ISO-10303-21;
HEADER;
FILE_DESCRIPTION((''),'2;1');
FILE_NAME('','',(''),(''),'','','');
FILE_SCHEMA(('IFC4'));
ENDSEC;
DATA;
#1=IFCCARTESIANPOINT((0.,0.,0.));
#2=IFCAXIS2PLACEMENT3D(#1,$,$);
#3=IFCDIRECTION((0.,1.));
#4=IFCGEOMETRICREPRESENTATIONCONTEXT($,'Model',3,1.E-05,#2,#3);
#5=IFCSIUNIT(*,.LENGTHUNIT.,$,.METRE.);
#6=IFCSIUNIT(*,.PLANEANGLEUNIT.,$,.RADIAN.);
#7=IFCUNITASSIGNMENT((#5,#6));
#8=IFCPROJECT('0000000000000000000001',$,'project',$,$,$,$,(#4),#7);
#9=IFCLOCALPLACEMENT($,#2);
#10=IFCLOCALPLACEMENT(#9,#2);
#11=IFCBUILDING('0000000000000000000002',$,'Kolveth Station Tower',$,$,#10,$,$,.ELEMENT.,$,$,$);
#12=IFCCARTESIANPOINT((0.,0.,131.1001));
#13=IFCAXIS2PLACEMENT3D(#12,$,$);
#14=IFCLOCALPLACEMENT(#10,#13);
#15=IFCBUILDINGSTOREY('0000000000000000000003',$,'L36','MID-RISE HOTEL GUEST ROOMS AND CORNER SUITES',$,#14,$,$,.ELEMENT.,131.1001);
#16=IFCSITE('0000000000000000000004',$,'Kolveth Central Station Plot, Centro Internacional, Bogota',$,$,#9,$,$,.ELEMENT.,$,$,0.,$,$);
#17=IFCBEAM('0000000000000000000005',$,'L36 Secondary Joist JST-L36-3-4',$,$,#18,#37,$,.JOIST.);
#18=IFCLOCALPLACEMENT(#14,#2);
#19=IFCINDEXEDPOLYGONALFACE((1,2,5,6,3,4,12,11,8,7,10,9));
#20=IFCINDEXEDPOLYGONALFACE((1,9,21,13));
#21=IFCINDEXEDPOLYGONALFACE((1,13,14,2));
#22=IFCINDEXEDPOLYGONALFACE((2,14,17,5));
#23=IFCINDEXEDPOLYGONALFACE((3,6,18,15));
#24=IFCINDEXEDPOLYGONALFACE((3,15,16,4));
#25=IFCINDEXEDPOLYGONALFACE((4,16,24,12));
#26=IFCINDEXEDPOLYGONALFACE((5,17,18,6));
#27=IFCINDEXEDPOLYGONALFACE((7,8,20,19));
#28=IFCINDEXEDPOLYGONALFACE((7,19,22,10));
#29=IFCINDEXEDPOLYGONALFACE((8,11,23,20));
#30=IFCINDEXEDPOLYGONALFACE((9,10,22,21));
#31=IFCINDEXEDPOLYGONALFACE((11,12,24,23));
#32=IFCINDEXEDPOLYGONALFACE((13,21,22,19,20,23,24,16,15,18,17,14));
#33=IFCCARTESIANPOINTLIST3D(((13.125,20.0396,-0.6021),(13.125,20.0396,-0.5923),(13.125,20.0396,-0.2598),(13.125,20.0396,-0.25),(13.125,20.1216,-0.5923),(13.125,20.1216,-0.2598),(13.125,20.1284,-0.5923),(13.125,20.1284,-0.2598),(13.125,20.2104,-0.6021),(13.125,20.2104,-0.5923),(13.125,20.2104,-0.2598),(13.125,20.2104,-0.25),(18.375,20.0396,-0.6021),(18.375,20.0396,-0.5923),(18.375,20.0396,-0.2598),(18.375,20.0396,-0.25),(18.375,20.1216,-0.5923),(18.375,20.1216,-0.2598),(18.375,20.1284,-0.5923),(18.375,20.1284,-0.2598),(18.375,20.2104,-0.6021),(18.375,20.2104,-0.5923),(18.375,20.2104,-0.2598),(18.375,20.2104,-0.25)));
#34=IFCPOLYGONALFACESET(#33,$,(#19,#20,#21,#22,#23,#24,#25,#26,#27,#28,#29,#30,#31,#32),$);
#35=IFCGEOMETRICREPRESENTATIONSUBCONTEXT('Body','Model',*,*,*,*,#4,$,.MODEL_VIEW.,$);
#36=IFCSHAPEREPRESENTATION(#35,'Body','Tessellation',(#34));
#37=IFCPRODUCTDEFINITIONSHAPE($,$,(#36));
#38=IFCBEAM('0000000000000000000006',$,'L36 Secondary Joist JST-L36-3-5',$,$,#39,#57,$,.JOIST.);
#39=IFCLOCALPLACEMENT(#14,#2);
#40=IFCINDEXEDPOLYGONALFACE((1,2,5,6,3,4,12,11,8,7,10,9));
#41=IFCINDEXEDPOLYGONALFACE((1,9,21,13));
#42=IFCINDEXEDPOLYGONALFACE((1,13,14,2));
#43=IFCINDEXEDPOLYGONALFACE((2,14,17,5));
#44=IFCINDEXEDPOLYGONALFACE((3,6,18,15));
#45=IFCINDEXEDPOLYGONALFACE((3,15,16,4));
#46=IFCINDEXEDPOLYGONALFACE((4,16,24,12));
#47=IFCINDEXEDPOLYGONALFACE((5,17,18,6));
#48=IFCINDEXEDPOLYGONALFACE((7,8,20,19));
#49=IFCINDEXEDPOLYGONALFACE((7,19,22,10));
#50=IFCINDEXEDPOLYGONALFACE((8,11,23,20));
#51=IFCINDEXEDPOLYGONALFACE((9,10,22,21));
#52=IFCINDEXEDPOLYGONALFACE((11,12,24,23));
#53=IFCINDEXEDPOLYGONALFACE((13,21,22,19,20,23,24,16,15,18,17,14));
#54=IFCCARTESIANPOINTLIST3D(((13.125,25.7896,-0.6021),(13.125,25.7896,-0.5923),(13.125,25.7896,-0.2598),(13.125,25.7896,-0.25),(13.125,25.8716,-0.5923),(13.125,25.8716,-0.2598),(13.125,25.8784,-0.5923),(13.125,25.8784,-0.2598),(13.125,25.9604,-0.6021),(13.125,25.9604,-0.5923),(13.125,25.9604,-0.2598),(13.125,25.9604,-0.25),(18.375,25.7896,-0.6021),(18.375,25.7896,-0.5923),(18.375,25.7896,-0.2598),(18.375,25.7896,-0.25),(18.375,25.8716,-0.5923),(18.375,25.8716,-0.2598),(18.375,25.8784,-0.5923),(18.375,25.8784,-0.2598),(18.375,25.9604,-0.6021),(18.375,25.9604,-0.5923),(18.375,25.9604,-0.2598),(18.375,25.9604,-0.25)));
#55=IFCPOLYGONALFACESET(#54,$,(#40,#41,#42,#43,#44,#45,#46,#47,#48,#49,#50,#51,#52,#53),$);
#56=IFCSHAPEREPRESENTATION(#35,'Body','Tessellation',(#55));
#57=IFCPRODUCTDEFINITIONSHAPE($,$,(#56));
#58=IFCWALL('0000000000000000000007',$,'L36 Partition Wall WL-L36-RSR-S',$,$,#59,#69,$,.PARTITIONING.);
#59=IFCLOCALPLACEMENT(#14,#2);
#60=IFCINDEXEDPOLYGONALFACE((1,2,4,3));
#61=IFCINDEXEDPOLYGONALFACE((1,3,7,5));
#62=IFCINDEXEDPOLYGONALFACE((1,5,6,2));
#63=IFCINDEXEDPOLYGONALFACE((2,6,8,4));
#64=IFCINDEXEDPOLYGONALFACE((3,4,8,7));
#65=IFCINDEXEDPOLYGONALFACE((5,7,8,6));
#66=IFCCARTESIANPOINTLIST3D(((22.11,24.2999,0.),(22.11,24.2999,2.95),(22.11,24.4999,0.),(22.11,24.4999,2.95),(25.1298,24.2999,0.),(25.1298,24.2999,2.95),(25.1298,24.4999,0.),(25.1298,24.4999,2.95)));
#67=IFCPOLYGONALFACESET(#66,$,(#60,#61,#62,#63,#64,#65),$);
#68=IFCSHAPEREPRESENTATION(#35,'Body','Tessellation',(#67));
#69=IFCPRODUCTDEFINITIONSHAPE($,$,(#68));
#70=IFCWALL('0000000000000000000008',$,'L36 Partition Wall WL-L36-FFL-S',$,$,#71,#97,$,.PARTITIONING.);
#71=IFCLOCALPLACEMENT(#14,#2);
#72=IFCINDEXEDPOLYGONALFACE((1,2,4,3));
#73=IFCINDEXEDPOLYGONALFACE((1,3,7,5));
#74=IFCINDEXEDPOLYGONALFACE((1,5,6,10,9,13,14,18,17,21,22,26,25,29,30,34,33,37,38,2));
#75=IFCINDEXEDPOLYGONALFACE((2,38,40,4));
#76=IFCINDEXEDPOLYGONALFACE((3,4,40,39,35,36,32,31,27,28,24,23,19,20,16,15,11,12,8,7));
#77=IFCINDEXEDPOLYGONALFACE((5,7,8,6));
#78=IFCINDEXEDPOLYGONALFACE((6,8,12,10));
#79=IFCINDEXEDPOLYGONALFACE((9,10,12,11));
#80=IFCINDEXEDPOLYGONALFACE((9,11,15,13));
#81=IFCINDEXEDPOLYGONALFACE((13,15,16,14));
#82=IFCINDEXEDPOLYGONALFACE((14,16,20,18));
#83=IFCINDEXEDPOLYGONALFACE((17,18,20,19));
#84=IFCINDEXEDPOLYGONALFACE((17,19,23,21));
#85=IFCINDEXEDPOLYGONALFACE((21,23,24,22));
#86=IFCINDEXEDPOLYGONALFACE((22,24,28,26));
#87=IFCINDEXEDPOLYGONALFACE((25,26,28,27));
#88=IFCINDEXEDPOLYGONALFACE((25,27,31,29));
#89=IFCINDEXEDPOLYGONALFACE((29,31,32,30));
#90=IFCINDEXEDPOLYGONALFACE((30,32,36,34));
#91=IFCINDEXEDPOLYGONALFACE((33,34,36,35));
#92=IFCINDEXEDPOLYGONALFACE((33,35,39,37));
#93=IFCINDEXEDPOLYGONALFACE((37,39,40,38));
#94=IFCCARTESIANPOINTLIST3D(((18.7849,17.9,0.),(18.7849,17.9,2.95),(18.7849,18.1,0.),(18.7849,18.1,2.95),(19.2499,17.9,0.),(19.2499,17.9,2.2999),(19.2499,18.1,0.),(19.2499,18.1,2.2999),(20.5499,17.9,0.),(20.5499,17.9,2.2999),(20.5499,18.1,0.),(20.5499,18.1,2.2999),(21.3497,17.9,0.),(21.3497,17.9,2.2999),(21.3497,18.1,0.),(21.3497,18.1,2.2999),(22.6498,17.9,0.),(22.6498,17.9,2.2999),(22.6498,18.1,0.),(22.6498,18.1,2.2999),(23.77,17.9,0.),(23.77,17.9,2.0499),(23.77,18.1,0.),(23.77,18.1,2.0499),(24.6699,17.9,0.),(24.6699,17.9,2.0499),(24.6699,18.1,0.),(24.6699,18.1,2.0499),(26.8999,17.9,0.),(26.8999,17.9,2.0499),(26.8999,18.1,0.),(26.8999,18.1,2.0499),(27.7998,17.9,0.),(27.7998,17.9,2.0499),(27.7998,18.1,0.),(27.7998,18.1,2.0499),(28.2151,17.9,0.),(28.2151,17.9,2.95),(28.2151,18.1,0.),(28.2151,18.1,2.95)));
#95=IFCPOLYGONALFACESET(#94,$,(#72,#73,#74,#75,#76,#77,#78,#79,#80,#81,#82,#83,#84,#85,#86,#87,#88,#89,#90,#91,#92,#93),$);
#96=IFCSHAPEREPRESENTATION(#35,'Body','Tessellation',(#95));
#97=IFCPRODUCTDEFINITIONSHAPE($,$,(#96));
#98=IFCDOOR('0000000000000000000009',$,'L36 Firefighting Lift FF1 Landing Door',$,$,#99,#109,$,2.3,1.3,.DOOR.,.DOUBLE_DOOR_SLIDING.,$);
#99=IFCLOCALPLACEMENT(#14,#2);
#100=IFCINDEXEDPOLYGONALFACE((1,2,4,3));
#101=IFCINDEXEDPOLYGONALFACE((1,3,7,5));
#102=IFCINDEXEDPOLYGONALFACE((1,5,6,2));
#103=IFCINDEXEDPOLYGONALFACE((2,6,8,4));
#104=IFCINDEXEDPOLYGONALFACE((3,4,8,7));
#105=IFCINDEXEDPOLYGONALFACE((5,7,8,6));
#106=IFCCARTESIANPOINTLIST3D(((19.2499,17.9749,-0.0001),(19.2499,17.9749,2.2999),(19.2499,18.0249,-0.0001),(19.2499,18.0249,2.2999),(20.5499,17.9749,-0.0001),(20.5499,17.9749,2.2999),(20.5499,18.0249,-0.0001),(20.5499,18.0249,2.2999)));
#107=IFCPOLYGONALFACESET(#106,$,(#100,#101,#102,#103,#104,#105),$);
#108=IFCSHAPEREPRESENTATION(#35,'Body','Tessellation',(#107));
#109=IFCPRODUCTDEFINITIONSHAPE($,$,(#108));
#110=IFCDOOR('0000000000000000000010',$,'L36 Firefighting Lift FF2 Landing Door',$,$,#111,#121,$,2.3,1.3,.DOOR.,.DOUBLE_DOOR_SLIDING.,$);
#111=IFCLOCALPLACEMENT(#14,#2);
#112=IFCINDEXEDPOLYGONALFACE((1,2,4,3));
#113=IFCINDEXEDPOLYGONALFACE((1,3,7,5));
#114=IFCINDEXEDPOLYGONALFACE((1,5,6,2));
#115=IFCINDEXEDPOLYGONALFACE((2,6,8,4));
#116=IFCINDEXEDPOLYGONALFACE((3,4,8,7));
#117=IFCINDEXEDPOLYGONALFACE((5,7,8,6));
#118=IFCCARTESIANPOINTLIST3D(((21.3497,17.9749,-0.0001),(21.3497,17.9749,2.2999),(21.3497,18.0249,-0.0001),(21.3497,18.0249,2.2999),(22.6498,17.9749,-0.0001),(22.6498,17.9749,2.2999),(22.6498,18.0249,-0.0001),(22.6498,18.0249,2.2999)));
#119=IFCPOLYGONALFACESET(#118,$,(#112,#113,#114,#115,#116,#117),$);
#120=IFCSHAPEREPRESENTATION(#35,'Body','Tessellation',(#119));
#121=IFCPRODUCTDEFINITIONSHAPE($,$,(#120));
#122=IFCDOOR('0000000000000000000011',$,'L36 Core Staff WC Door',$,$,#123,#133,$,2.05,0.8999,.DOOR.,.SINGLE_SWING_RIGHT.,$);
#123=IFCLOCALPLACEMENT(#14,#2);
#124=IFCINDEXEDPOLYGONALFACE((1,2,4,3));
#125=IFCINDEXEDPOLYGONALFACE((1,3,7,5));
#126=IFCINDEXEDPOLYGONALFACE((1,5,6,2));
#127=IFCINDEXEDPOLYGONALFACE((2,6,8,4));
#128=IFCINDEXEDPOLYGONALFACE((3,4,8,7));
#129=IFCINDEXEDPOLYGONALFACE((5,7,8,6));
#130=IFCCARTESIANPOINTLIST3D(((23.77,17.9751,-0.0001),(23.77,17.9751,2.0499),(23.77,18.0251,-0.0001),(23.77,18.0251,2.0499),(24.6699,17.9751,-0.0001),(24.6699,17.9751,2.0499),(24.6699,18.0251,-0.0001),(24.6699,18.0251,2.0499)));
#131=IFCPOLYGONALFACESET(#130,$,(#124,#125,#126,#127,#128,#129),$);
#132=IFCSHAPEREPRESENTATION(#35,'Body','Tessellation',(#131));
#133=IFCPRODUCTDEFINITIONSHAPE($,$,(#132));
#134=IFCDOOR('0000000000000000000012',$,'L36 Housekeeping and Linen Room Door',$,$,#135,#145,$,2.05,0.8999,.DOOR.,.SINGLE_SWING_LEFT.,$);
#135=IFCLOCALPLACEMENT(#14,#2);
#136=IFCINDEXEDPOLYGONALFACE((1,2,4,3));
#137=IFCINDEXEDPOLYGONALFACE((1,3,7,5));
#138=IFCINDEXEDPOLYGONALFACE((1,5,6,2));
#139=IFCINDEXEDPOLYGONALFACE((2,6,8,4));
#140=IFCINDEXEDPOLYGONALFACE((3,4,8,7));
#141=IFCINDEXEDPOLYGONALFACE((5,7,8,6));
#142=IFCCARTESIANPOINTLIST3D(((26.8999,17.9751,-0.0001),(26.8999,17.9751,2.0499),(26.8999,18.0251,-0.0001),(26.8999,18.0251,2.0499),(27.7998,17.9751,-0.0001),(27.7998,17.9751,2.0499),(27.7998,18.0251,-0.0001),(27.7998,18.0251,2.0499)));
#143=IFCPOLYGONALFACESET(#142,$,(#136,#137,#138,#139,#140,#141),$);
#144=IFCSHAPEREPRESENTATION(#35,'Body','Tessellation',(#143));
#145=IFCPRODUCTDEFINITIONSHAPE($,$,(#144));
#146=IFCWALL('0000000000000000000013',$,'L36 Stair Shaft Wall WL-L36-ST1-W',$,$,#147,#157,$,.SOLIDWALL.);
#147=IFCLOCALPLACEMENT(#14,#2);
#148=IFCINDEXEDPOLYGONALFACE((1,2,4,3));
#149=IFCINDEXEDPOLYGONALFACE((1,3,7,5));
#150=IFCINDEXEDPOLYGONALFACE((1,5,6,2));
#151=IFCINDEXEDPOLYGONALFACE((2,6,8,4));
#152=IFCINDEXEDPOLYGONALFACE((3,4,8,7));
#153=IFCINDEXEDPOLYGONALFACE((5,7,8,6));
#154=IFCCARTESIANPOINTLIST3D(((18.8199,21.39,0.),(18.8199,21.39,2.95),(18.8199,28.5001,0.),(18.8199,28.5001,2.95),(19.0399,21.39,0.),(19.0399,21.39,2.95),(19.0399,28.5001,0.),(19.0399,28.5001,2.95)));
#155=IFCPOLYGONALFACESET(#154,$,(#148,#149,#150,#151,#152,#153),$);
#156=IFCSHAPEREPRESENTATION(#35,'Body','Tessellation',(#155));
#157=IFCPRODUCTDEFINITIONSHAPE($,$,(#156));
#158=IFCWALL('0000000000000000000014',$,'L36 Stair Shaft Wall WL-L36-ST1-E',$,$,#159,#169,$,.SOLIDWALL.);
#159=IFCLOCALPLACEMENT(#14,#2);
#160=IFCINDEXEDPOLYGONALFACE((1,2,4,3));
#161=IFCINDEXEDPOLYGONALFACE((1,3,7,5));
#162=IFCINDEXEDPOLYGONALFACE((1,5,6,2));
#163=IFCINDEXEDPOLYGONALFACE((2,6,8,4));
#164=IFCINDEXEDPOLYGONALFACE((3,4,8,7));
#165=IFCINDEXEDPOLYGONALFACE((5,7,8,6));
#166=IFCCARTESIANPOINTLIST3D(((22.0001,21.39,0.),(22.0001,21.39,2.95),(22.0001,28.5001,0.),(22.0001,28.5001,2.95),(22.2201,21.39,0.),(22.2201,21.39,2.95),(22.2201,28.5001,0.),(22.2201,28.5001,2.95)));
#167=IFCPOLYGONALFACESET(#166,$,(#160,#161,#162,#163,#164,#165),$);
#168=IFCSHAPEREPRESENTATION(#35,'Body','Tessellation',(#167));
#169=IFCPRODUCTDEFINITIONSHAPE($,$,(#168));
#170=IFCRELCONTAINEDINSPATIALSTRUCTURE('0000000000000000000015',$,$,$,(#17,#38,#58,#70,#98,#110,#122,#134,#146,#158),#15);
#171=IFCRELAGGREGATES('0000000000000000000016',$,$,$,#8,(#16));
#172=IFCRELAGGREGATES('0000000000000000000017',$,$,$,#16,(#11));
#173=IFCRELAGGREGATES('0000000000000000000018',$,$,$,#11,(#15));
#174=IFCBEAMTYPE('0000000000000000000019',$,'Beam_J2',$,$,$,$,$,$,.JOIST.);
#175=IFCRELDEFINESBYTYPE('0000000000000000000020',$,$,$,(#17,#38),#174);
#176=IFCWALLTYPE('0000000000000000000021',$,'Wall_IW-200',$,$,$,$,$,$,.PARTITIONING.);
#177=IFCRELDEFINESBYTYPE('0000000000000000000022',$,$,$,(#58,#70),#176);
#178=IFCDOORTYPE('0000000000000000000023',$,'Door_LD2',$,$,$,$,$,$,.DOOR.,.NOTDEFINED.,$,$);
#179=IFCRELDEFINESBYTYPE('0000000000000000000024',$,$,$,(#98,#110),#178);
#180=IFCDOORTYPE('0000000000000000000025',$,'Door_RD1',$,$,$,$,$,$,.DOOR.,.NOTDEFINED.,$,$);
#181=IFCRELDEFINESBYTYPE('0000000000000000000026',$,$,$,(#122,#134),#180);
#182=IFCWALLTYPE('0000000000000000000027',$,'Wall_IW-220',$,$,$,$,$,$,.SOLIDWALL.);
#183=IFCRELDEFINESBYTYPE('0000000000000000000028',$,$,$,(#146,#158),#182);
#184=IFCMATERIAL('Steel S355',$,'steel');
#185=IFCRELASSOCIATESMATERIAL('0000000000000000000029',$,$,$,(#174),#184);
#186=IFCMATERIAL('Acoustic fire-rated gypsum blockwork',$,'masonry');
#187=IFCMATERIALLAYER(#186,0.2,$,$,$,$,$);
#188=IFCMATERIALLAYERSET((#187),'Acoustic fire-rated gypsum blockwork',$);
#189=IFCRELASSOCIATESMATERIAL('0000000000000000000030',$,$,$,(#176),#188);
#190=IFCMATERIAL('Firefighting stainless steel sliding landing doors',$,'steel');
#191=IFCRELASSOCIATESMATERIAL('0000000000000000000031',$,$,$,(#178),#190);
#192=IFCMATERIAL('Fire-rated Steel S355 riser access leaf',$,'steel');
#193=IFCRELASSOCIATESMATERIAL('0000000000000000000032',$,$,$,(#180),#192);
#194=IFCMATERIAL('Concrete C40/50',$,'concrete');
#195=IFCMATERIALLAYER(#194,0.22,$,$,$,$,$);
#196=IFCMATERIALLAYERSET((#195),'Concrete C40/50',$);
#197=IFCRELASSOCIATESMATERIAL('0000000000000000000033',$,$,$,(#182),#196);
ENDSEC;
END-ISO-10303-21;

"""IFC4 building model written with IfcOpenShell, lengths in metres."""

from ifc_helpers import new_model, si_unit, direction, frame, frame_2d, origin, origin_2d, place, context, subcontext, project, spatial, rectangle, i_section, extrude, source, transform, mapped, material, layer, layer_set, material_profile, profile_set, type_object, element, fill, save


model = new_model("IFC4")

# Units and contexts
model_context = context("Model", 3, precision=1e-05, world=origin(), true_north=direction((0.0, 1.0)))
body_context = subcontext(model_context, "Body", "Model", "MODEL_VIEW")
ifc_project = project(units=[si_unit("LENGTHUNIT", "METRE"), si_unit("PLANEANGLEUNIT", "RADIAN")], contexts=[model_context])

# Site, building, storey
site_placement = place(None, origin())
site = spatial("IfcSite", under=ifc_project, at=site_placement, Name="Kolveth Central Station Plot, Centro Internacional, Bogota", CompositionType="ELEMENT", RefElevation=0.0)
building_placement = place(site_placement, origin())
building = spatial("IfcBuilding", under=site, at=building_placement, Name="Kolveth Station Tower", CompositionType="ELEMENT")
storey_placement = place(building_placement, frame((0.0, 0.0, 131.1001)))
storey = spatial("IfcBuildingStorey", under=building, at=storey_placement, Name="L36", Description="MID-RISE HOTEL GUEST ROOMS AND CORNER SUITES", CompositionType="ELEMENT", Elevation=131.1001)

# Shared definitions
ifc_material_1 = material(Name="Steel S355", Category="steel")

# Beams
ifc_material_profile_1 = material_profile(ifc_material_1, i_section(OverallWidth=0.1709, OverallDepth=0.3521, WebThickness=0.0068, FlangeThickness=0.0098, at=origin_2d()), Name="W360x44")
ifc_profile_set_1 = profile_set([ifc_material_profile_1], Name="Steel S355")
beam_type_1 = type_object("IfcBeamType", Name="Beam_J2", PredefinedType="JOIST", material=ifc_profile_set_1)
shared_shape_1 = source(origin(), body_context, "Body", "SweptSolid", [
    extrude(i_section(OverallWidth=0.1709, OverallDepth=0.3521, WebThickness=0.0068, FlangeThickness=0.0098, at=origin_2d()), origin(), (0.0, 0.0, 1.0), 5.25),
])
for number, where, z_axis, x_axis, name in (
    (1, (13.125, 20.125, -0.426), (1.0, 0.0, 0.0), (0.0, 1.0, 0.0), "L36 Secondary Joist JST-L36-3-4"),
    (2, (13.125, 25.875, -0.426), (1.0, 0.0, 0.0), (0.0, 1.0, 0.0), "L36 Secondary Joist JST-L36-3-5"),
):
    element("IfcBeam", number, at=place(storey_placement, frame(where, z_axis=z_axis, x_axis=x_axis)), inside=storey, type_object=beam_type_1, Name=name, PredefinedType="JOIST", context=body_context, shape_type="MappedRepresentation", body=[
        mapped(shared_shape_1, transform((0.0, 0.0, 0.0), x_axis=(1.0, 0.0, 0.0), y_axis=(0.0, 1.0, 0.0), z_axis=(0.0, 0.0, 1.0), scale=1.0)),
    ])

# Wall
ifc_material_2 = material(Name="Acoustic fire-rated gypsum blockwork", Category="masonry")
ifc_layer_1 = layer(ifc_material_2, 0.2)
ifc_layer_set_1 = layer_set([ifc_layer_1], Name="Acoustic fire-rated gypsum blockwork")
wall_type_1 = type_object("IfcWallType", Name="Wall_IW-200", PredefinedType="PARTITIONING", material=ifc_layer_set_1)
wall_1_placement = place(storey_placement, frame((22.1101, 24.3999, 0.0), z_axis=(0.0, 0.0, 1.0), x_axis=(1.0, 0.0, 0.0)))
element("IfcWall", 3, at=wall_1_placement, inside=storey, type_object=wall_type_1, Name="L36 Partition Wall WL-L36-RSR-S", PredefinedType="PARTITIONING", context=body_context, shape_type="SweptSolid", body=[
    extrude(rectangle(XDim=3.0198, YDim=0.2, at=frame_2d((1.5098, 0.0))), origin(), (0.0, 0.0, 1.0), 2.95),
])

# Wall, openings, doors
wall_2_placement = place(storey_placement, frame((18.7849, 18.0, 0.0), z_axis=(0.0, 0.0, 1.0), x_axis=(1.0, 0.0, 0.0)))
wall_2 = element("IfcWall", 4, at=wall_2_placement, inside=storey, type_object=wall_type_1, Name="L36 Partition Wall WL-L36-FFL-S", PredefinedType="PARTITIONING", context=body_context, shape_type="SweptSolid", body=[
    extrude(rectangle(XDim=9.4302, YDim=0.2, at=frame_2d((4.7151, 0.0))), origin(), (0.0, 0.0, 1.0), 2.95),
])
opening_1_placement = place(wall_2_placement, frame((0.4651, 0.0, 0.0)))
opening_1 = element("IfcOpeningElement", 5, at=opening_1_placement, cuts=wall_2, PredefinedType="OPENING", context=body_context, shape_type="SweptSolid", body=[
    extrude(rectangle(XDim=1.3, YDim=2.3, at=frame_2d((0.6499, 1.1499))), frame((0.0, 0.1099, 0.0), z_axis=(0.0, -1.0, 0.0), x_axis=(1.0, 0.0, 0.0)), (0.0, 0.0, 1.0), 0.22),
])
opening_2_placement = place(wall_2_placement, frame((2.5649, 0.0, 0.0)))
opening_2 = element("IfcOpeningElement", 6, at=opening_2_placement, cuts=wall_2, PredefinedType="OPENING", context=body_context, shape_type="SweptSolid", body=[
    extrude(rectangle(XDim=1.3, YDim=2.3, at=frame_2d((0.6499, 1.1499))), frame((0.0, 0.1099, 0.0), z_axis=(0.0, -1.0, 0.0), x_axis=(1.0, 0.0, 0.0)), (0.0, 0.0, 1.0), 0.22),
])
opening_3_placement = place(wall_2_placement, frame((4.9851, 0.0, 0.0)))
opening_3 = element("IfcOpeningElement", 7, at=opening_3_placement, cuts=wall_2, PredefinedType="OPENING", context=body_context, shape_type="SweptSolid", body=[
    extrude(rectangle(XDim=0.8999, YDim=2.05, at=frame_2d((0.45, 1.0249))), frame((0.0, 0.1099, 0.0), z_axis=(0.0, -1.0, 0.0), x_axis=(1.0, 0.0, 0.0)), (0.0, 0.0, 1.0), 0.22),
])
opening_4_placement = place(wall_2_placement, frame((8.115, 0.0, 0.0)))
opening_4 = element("IfcOpeningElement", 8, at=opening_4_placement, cuts=wall_2, PredefinedType="OPENING", context=body_context, shape_type="SweptSolid", body=[
    extrude(rectangle(XDim=0.8999, YDim=2.05, at=frame_2d((0.45, 1.0249))), frame((0.0, 0.1099, 0.0), z_axis=(0.0, -1.0, 0.0), x_axis=(1.0, 0.0, 0.0)), (0.0, 0.0, 1.0), 0.22),
])
ifc_material_3 = material(Name="Firefighting stainless steel sliding landing doors", Category="steel")
door_type_1 = type_object("IfcDoorType", Name="Door_LD2", OperationType="NOTDEFINED", PredefinedType="DOOR", material=ifc_material_3)
door_1_placement = place(opening_1_placement, origin())
door_1 = element("IfcDoor", 9, at=door_1_placement, inside=storey, type_object=door_type_1, Name="L36 Firefighting Lift FF1 Landing Door", OperationType="DOUBLE_DOOR_SLIDING", OverallHeight=2.3, OverallWidth=1.3, PredefinedType="DOOR", context=body_context, shape_type="SweptSolid", body=[
    extrude(rectangle(XDim=1.3, YDim=2.3, at=frame_2d((0.6499, 1.1499))), frame((0.0, 0.0249, 0.0), z_axis=(0.0, -1.0, 0.0), x_axis=(1.0, 0.0, 0.0)), (0.0, 0.0, 1.0), 0.05),
])
fill(opening_1, door_1)
door_2_placement = place(opening_2_placement, origin())
door_2 = element("IfcDoor", 10, at=door_2_placement, inside=storey, type_object=door_type_1, Name="L36 Firefighting Lift FF2 Landing Door", OperationType="DOUBLE_DOOR_SLIDING", OverallHeight=2.3, OverallWidth=1.3, PredefinedType="DOOR", context=body_context, shape_type="SweptSolid", body=[
    extrude(rectangle(XDim=1.3, YDim=2.3, at=frame_2d((0.6499, 1.1499))), frame((0.0, 0.0249, 0.0), z_axis=(0.0, -1.0, 0.0), x_axis=(1.0, 0.0, 0.0)), (0.0, 0.0, 1.0), 0.05),
])
fill(opening_2, door_2)
ifc_material_4 = material(Name="Fire-rated Steel S355 riser access leaf", Category="steel")
door_type_2 = type_object("IfcDoorType", Name="Door_RD1", OperationType="NOTDEFINED", PredefinedType="DOOR", material=ifc_material_4)
door_3_placement = place(opening_3_placement, frame((0.8999, 0.0, 0.0), z_axis=(0.0, 0.0, 1.0), x_axis=(-1.0, 0.0, 0.0)))
door_3 = element("IfcDoor", 11, at=door_3_placement, inside=storey, type_object=door_type_2, Name="L36 Core Staff WC Door", OperationType="SINGLE_SWING_RIGHT", OverallHeight=2.05, OverallWidth=0.8999, PredefinedType="DOOR", context=body_context, shape_type="SweptSolid", body=[
    extrude(rectangle(XDim=0.8999, YDim=2.05, at=frame_2d((0.45, 1.0249))), frame((0.0, 0.0249, 0.0), z_axis=(0.0, -1.0, 0.0), x_axis=(1.0, 0.0, 0.0)), (0.0, 0.0, 1.0), 0.05),
])
fill(opening_3, door_3)
door_4_placement = place(opening_4_placement, frame((0.8999, 0.0, 0.0), z_axis=(0.0, 0.0, 1.0), x_axis=(-1.0, 0.0, 0.0)))
door_4 = element("IfcDoor", 12, at=door_4_placement, inside=storey, type_object=door_type_2, Name="L36 Housekeeping and Linen Room Door", OperationType="SINGLE_SWING_LEFT", OverallHeight=2.05, OverallWidth=0.8999, PredefinedType="DOOR", context=body_context, shape_type="SweptSolid", body=[
    extrude(rectangle(XDim=0.8999, YDim=2.05, at=frame_2d((0.45, 1.0249))), frame((0.0, 0.0249, 0.0), z_axis=(0.0, -1.0, 0.0), x_axis=(1.0, 0.0, 0.0)), (0.0, 0.0, 1.0), 0.05),
])
fill(opening_4, door_4)

# Walls
ifc_material_5 = material(Name="Concrete C40/50", Category="concrete")
ifc_layer_2 = layer(ifc_material_5, 0.22)
ifc_layer_set_2 = layer_set([ifc_layer_2], Name="Concrete C40/50")
wall_type_2 = type_object("IfcWallType", Name="Wall_IW-220", PredefinedType="SOLIDWALL", material=ifc_layer_set_2)
for number, where, z_axis, x_axis, name in (
    (13, (18.9299, 21.3899, 0.0), (0.0, 0.0, 1.0), (0.0, 1.0, 0.0), "L36 Stair Shaft Wall WL-L36-ST1-W"),
    (14, (22.1101, 21.3899, 0.0), (0.0, 0.0, 1.0), (0.0, 1.0, 0.0), "L36 Stair Shaft Wall WL-L36-ST1-E"),
):
    element("IfcWall", number, at=place(storey_placement, frame(where, z_axis=z_axis, x_axis=x_axis)), inside=storey, type_object=wall_type_2, Name=name, PredefinedType="SOLIDWALL", context=body_context, shape_type="SweptSolid", body=[
        extrude(rectangle(XDim=7.1101, YDim=0.22, at=frame_2d((3.5552, 0.0))), origin(), (0.0, 0.0, 1.0), 2.95),
    ])

save(model, "model.ifc")
